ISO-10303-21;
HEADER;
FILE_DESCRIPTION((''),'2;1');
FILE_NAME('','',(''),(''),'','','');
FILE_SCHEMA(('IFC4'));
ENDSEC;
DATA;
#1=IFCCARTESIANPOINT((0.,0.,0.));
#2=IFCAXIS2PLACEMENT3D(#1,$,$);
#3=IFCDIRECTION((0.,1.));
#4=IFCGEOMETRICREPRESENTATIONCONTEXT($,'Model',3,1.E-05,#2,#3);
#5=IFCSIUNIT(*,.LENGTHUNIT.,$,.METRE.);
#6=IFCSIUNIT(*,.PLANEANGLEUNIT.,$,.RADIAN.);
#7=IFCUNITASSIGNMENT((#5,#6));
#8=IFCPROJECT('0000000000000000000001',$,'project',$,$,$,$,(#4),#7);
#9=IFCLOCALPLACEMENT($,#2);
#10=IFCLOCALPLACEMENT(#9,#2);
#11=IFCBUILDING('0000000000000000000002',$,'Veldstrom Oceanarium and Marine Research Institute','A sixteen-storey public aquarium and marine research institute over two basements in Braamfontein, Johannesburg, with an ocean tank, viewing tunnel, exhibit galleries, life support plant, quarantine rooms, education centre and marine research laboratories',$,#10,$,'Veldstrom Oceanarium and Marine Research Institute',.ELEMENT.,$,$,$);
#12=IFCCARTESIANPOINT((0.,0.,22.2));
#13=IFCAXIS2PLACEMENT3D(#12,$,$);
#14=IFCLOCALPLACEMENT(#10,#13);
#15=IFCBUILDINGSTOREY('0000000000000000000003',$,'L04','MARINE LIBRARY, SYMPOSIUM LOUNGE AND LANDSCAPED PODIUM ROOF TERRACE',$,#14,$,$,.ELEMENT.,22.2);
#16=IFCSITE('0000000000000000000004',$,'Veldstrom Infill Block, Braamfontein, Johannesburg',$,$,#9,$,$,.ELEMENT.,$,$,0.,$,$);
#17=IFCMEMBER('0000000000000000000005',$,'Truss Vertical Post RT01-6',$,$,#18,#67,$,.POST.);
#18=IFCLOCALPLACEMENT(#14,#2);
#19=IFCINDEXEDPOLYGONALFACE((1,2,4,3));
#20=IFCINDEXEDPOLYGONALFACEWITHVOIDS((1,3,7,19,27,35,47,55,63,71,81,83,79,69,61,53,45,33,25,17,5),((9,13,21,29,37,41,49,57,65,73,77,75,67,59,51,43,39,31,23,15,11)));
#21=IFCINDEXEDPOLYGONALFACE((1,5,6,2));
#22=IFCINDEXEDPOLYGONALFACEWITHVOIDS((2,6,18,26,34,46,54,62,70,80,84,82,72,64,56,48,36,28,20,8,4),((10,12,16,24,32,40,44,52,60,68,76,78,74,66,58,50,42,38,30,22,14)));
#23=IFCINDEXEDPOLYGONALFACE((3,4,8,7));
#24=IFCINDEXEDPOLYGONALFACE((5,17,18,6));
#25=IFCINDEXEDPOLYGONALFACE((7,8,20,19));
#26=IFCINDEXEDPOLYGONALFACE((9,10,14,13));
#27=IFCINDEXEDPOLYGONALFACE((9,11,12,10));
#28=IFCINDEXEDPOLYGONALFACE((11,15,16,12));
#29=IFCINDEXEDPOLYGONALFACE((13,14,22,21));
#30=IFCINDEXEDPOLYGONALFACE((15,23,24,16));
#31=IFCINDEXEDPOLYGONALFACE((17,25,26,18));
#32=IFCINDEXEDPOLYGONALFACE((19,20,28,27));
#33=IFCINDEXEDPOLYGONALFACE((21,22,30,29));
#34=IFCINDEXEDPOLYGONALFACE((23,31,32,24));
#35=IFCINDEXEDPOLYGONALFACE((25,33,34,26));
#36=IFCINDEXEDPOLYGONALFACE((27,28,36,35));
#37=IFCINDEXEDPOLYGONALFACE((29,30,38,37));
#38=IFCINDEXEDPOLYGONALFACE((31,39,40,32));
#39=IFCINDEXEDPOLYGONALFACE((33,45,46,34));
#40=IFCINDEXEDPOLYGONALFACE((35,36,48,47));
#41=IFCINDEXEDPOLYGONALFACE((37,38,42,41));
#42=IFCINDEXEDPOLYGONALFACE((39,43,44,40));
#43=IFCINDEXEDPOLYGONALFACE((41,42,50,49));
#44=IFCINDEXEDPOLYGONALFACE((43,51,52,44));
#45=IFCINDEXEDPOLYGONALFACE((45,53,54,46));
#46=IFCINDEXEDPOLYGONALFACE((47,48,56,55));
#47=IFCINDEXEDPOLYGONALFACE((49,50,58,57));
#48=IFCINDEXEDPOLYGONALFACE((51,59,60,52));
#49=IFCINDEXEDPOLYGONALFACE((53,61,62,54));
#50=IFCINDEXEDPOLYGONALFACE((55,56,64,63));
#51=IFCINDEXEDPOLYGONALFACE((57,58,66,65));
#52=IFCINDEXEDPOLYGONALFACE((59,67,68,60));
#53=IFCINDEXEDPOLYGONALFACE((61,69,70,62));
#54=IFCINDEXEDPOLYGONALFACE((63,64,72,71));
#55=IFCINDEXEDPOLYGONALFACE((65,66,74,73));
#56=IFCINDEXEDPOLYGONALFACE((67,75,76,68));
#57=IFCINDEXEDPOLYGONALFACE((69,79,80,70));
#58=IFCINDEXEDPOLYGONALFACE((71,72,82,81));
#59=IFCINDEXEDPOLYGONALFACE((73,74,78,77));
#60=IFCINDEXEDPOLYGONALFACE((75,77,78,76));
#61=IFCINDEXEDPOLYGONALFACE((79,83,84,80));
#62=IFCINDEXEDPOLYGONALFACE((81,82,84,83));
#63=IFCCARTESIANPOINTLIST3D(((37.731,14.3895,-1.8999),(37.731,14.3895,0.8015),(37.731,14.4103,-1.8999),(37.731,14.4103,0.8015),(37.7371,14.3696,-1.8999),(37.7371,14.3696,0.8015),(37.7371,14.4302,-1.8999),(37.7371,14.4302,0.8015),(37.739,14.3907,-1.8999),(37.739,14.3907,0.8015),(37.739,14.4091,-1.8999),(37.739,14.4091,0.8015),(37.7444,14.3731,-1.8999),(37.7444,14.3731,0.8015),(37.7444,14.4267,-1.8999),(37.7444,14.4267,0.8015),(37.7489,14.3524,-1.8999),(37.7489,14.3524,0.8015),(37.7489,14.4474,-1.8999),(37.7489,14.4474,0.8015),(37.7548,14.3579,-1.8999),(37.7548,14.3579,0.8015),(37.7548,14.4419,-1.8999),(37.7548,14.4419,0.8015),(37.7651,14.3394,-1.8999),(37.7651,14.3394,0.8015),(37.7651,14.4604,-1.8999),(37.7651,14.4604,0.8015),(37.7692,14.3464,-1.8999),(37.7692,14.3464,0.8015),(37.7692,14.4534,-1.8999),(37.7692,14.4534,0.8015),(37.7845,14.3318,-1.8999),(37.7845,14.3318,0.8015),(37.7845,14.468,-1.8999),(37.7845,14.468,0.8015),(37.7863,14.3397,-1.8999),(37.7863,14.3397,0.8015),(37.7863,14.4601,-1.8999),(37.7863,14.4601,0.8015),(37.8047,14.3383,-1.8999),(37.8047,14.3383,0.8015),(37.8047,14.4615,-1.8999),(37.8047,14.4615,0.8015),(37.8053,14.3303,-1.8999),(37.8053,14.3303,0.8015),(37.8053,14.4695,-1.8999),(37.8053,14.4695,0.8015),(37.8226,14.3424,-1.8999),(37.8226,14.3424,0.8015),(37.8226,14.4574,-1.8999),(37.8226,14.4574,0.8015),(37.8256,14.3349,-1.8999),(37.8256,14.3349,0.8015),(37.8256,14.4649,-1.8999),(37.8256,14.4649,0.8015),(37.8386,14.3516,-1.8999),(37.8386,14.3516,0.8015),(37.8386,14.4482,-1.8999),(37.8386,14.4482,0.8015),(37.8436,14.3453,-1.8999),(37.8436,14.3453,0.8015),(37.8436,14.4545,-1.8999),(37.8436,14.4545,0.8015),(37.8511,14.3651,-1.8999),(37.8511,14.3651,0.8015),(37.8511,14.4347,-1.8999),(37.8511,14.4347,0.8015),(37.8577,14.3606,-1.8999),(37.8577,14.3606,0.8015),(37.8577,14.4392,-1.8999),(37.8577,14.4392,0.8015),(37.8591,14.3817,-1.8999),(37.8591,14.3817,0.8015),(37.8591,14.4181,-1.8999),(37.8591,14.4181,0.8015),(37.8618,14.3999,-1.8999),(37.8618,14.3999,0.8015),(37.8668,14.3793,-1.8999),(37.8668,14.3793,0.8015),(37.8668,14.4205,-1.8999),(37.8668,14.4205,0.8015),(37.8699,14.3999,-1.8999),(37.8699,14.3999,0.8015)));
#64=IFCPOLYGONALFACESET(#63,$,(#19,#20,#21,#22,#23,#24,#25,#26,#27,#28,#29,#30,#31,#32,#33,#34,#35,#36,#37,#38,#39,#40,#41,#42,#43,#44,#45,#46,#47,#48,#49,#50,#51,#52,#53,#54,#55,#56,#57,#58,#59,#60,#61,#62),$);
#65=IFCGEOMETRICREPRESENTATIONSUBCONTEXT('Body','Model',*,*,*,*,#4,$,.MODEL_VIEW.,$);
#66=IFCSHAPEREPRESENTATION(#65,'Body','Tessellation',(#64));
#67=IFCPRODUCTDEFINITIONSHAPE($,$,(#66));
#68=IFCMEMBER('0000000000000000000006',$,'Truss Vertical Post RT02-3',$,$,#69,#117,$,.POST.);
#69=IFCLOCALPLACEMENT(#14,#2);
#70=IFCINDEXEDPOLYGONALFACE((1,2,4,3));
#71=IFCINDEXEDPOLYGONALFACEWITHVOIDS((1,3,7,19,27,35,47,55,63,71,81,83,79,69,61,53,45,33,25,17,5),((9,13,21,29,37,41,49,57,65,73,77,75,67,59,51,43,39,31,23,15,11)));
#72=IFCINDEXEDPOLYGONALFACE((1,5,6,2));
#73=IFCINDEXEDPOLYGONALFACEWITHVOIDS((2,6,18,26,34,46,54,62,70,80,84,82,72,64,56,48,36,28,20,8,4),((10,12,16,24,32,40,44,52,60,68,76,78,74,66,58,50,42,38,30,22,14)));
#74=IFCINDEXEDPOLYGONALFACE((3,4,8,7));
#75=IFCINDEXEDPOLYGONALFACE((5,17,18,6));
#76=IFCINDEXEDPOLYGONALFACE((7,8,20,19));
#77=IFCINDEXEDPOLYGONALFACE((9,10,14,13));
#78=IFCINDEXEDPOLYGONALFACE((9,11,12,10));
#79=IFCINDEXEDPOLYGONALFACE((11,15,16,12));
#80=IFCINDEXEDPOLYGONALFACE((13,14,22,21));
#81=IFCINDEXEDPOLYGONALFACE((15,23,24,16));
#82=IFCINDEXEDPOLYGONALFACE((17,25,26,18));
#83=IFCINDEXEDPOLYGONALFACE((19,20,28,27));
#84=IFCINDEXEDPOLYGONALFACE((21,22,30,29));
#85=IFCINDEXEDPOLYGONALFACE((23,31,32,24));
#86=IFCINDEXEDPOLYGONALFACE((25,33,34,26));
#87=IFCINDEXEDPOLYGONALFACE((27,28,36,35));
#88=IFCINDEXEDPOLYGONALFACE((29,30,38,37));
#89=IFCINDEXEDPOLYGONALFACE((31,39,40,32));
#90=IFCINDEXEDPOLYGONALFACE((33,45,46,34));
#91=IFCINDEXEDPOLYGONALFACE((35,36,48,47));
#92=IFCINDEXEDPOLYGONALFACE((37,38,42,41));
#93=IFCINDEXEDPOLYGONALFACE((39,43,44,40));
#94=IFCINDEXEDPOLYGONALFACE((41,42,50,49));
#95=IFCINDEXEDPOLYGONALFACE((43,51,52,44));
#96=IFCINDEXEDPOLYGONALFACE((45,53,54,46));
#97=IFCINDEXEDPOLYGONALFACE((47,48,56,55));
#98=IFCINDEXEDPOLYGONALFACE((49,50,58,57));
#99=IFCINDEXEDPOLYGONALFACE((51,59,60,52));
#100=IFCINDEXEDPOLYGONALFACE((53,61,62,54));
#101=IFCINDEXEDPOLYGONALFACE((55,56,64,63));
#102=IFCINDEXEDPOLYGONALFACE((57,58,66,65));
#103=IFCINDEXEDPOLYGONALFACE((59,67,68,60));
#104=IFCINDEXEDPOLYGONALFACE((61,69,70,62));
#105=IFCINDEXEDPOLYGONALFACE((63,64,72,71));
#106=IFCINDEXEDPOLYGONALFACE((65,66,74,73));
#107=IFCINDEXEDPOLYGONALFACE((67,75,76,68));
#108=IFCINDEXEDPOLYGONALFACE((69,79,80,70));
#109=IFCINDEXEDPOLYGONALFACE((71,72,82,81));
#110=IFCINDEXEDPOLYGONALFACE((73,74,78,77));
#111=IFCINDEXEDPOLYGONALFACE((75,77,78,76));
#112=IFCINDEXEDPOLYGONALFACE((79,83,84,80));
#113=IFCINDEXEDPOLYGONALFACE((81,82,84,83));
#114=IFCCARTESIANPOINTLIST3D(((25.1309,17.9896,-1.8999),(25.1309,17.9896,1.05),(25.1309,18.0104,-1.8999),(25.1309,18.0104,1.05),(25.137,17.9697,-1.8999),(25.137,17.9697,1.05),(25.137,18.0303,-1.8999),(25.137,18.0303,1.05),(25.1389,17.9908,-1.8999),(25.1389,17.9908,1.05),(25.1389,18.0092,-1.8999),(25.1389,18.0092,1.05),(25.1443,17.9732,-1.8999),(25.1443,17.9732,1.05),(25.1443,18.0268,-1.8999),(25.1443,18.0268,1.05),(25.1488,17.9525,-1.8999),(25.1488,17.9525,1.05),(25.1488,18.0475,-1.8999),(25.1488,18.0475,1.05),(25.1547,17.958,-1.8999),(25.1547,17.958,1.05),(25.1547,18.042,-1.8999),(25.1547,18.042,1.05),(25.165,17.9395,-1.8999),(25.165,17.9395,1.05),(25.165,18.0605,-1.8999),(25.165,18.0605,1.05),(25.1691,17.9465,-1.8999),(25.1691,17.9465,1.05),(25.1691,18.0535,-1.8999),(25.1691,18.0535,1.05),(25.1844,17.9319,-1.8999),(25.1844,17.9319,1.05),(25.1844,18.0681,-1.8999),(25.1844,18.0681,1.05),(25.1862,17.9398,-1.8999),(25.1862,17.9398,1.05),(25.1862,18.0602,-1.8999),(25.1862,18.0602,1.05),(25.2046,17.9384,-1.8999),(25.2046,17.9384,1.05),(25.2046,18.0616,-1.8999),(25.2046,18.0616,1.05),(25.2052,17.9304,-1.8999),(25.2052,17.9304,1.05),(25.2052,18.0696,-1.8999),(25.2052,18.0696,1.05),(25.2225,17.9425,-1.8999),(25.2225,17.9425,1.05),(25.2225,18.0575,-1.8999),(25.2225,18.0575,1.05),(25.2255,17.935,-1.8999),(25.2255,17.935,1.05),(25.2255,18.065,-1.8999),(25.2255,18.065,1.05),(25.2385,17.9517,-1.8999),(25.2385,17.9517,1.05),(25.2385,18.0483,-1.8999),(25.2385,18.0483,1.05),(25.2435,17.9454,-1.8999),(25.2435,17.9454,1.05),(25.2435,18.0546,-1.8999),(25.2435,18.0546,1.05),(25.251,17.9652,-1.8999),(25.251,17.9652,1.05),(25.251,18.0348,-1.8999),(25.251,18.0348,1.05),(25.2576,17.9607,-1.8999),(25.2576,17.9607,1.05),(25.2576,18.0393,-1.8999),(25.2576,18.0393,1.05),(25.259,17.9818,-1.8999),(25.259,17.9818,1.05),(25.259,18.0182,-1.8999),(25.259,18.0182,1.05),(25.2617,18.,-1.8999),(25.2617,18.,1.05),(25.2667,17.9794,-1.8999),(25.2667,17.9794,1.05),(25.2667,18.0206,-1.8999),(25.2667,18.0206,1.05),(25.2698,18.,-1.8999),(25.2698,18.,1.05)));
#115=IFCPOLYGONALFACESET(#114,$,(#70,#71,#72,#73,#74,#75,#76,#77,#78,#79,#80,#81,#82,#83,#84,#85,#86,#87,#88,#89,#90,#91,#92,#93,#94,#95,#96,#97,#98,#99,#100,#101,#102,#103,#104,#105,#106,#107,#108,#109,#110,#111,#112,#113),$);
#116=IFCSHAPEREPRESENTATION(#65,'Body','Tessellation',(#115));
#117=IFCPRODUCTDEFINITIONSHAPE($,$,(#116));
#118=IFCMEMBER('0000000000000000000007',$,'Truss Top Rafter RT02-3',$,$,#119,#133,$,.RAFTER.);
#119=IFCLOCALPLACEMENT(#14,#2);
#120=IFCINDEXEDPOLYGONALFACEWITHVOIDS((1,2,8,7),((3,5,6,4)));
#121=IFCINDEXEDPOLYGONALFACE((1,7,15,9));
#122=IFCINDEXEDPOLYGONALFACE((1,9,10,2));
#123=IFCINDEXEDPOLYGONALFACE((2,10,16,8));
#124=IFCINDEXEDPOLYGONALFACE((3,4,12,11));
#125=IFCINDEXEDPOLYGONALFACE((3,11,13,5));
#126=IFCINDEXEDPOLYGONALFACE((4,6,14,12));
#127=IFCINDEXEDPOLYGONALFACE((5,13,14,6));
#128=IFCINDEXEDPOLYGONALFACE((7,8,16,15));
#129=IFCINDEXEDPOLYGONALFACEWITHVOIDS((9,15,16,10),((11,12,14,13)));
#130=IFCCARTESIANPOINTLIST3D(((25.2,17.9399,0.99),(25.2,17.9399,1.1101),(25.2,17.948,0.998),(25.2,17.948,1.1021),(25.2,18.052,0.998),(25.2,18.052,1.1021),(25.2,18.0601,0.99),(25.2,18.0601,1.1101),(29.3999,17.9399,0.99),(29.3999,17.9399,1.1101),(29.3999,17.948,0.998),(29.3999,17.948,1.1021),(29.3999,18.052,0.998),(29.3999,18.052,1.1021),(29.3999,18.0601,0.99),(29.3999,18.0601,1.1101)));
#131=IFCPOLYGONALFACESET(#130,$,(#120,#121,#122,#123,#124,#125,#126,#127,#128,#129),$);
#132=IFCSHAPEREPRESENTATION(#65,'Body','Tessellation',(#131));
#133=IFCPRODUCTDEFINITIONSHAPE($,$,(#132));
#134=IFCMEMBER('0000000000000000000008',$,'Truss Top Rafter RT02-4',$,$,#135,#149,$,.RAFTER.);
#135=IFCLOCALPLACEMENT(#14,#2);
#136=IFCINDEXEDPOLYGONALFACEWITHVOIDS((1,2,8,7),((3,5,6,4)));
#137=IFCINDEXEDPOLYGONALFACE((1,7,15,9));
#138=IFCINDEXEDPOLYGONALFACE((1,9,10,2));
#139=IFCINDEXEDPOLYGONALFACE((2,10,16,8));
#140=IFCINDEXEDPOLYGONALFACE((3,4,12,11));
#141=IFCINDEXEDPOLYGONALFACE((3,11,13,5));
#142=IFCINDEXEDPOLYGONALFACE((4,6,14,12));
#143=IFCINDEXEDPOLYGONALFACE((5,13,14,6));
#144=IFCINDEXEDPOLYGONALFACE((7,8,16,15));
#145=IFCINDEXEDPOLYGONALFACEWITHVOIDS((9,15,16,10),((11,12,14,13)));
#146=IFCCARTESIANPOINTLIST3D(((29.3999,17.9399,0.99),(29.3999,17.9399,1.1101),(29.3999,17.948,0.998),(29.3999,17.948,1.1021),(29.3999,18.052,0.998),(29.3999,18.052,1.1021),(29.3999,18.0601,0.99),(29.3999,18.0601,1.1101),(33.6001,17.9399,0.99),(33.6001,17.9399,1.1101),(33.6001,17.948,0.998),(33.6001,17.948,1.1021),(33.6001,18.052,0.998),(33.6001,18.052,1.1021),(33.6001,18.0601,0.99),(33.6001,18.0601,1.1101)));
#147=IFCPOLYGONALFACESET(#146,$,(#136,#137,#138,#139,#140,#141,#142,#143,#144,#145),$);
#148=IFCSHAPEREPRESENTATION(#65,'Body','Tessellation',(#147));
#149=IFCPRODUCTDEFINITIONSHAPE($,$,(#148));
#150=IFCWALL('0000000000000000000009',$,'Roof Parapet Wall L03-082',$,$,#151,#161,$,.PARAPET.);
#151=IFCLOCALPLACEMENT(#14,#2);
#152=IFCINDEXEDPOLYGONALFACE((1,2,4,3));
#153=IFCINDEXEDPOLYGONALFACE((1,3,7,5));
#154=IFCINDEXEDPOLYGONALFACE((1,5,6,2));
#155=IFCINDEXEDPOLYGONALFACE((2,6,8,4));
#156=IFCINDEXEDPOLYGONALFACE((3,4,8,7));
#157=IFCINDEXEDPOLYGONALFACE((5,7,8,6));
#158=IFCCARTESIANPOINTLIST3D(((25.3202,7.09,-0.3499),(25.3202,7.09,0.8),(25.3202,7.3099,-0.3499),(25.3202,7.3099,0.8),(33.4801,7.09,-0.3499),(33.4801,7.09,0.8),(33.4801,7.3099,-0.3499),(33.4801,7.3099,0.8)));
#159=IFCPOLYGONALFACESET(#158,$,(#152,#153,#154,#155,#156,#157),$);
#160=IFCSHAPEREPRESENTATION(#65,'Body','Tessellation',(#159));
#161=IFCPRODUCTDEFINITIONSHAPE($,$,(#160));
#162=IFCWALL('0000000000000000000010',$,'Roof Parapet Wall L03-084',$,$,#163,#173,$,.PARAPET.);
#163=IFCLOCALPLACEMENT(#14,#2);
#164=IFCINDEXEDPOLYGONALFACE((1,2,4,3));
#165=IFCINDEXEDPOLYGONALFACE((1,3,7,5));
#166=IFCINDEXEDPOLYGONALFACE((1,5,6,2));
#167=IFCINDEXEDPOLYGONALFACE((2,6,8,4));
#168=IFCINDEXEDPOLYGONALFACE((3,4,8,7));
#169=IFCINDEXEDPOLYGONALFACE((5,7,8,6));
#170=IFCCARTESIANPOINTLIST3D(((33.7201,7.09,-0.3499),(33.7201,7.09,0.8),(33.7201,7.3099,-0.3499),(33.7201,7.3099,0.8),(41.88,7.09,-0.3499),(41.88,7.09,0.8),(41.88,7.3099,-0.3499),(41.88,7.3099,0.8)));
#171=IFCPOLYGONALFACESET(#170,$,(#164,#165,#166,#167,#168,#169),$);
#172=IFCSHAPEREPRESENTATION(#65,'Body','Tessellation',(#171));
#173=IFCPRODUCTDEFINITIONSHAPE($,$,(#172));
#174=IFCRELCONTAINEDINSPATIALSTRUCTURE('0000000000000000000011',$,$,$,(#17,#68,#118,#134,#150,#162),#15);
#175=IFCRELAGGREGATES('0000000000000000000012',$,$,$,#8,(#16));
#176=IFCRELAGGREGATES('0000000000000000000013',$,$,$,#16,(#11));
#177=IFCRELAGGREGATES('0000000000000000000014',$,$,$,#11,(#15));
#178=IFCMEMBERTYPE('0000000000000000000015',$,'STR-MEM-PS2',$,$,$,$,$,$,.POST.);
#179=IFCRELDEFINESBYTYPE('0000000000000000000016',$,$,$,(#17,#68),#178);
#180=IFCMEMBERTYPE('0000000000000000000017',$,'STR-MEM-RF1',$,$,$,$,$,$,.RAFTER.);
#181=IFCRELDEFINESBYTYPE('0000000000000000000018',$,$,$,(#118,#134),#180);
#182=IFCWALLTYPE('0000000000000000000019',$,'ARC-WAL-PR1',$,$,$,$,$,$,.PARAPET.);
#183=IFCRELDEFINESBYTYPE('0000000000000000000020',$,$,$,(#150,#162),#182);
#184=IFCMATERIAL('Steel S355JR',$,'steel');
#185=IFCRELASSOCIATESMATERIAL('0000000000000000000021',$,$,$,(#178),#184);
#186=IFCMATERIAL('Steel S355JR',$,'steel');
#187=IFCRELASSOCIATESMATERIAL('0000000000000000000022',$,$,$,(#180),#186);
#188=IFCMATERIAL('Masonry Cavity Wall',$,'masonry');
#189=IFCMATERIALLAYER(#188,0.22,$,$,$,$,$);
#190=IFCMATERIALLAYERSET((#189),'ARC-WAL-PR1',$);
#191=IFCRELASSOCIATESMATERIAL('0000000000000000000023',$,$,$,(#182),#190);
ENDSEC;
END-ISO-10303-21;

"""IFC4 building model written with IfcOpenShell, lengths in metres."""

from ifc_helpers import new_model, si_unit, direction, frame, frame_2d, origin, origin_2d, place, context, subcontext, project, spatial, rectangle, hollow_rectangle, hollow_circle, extrude, material, layer, layer_set, material_profile, profile_set, type_object, element, save


model = new_model("IFC4")

# Units and contexts
model_context = context("Model", 3, precision=1e-05, world=origin(), true_north=direction((0.0, 1.0)))
body_context = subcontext(model_context, "Body", "Model", "MODEL_VIEW")
ifc_project = project(units=[si_unit("LENGTHUNIT", "METRE"), si_unit("PLANEANGLEUNIT", "RADIAN")], contexts=[model_context])

# Site, building, storey
site_placement = place(None, origin())
site = spatial("IfcSite", under=ifc_project, at=site_placement, Name="Veldstrom Infill Block, Braamfontein, Johannesburg", CompositionType="ELEMENT", RefElevation=0.0)
building_placement = place(site_placement, origin())
building = spatial("IfcBuilding", under=site, at=building_placement, Name="Veldstrom Oceanarium and Marine Research Institute", Description="A sixteen-storey public aquarium and marine research institute over two basements in Braamfontein, Johannesburg, with an ocean tank, viewing tunnel, exhibit galleries, life support plant, quarantine rooms, education centre and marine research laboratories", LongName="Veldstrom Oceanarium and Marine Research Institute", CompositionType="ELEMENT")
storey_placement = place(building_placement, frame((0.0, 0.0, 22.2)))
storey = spatial("IfcBuildingStorey", under=building, at=storey_placement, Name="L04", Description="MARINE LIBRARY, SYMPOSIUM LOUNGE AND LANDSCAPED PODIUM ROOF TERRACE", CompositionType="ELEMENT", Elevation=22.2)

# Members
ifc_material_1 = material(Name="Steel S355JR", Category="steel")
ifc_material_profile_1 = material_profile(ifc_material_1, hollow_circle(Radius=0.0698, WallThickness=0.0081, at=origin_2d()), Name="CHS 139.7x8")
ifc_profile_set_1 = profile_set([ifc_material_profile_1], Name="Steel S355JR")
member_type_1 = type_object("IfcMemberType", Name="STR-MEM-PS2", PredefinedType="POST", material=ifc_profile_set_1)
for number, where, z_axis, x_axis, name in (
    (1, (37.8, 14.3999, -1.8999), (0.0, 0.0, 1.0), (1.0, 0.0, 0.0), "Truss Vertical Post RT01-6"),
):
    element("IfcMember", number, at=place(storey_placement, frame(where, z_axis=z_axis, x_axis=x_axis)), inside=storey, type_object=member_type_1, Name=name, PredefinedType="POST", context=body_context, shape_type="SweptSolid", body=[
        extrude(hollow_circle(Radius=0.0698, WallThickness=0.0081, at=origin_2d()), origin(), (0.0, 0.0, 1.0), 2.7014),
    ])
member_1_placement = place(storey_placement, frame((25.2, 18.0, -1.8999), z_axis=(0.0, 0.0, 1.0), x_axis=(1.0, 0.0, 0.0)))
element("IfcMember", 2, at=member_1_placement, inside=storey, type_object=member_type_1, Name="Truss Vertical Post RT02-3", PredefinedType="POST", context=body_context, shape_type="SweptSolid", body=[
    extrude(hollow_circle(Radius=0.0698, WallThickness=0.0081, at=origin_2d()), origin(), (0.0, 0.0, 1.0), 2.95),
])
ifc_material_2 = material(Name="Steel S355JR", Category="steel")
ifc_material_profile_2 = material_profile(ifc_material_2, hollow_rectangle(XDim=0.1201, YDim=0.1201, WallThickness=0.0081, at=origin_2d()), Name="SHS 120x120x8")
ifc_profile_set_2 = profile_set([ifc_material_profile_2], Name="Steel S355JR")
member_type_2 = type_object("IfcMemberType", Name="STR-MEM-RF1", PredefinedType="RAFTER", material=ifc_profile_set_2)
member_2_placement = place(storey_placement, frame((25.2, 18.0, 1.05), z_axis=(1.0, 0.0, 0.0), x_axis=(0.0, 1.0, 0.0)))
element("IfcMember", 3, at=member_2_placement, inside=storey, type_object=member_type_2, Name="Truss Top Rafter RT02-3", PredefinedType="RAFTER", context=body_context, shape_type="SweptSolid", body=[
    extrude(hollow_rectangle(XDim=0.1201, YDim=0.1201, WallThickness=0.0081, at=origin_2d()), origin(), (0.0, 0.0, 1.0), 4.2),
])
member_3_placement = place(storey_placement, frame((29.3999, 18.0, 1.05), z_axis=(1.0, 0.0, 0.0), x_axis=(0.0, 1.0, 0.0)))
element("IfcMember", 4, at=member_3_placement, inside=storey, type_object=member_type_2, Name="Truss Top Rafter RT02-4", PredefinedType="RAFTER", context=body_context, shape_type="SweptSolid", body=[
    extrude(hollow_rectangle(XDim=0.1201, YDim=0.1201, WallThickness=0.0081, at=origin_2d()), origin(), (0.0, 0.0, 1.0), 4.2002),
])

# Walls
ifc_material_3 = material(Name="Masonry Cavity Wall", Category="masonry")
ifc_layer = layer(ifc_material_3, 0.22)
ifc_layer_set = layer_set([ifc_layer], Name="ARC-WAL-PR1")
wall_type = type_object("IfcWallType", Name="ARC-WAL-PR1", PredefinedType="PARAPET", material=ifc_layer_set)
for number, where, z_axis, x_axis, name in (
    (5, (25.3201, 7.2, -0.3499), (0.0, 0.0, 1.0), (1.0, 0.0, 0.0), "Roof Parapet Wall L03-082"),
    (6, (33.72, 7.2, -0.3499), (0.0, 0.0, 1.0), (1.0, 0.0, 0.0), "Roof Parapet Wall L03-084"),
):
    element("IfcWall", number, at=place(storey_placement, frame(where, z_axis=z_axis, x_axis=x_axis)), inside=storey, type_object=wall_type, Name=name, PredefinedType="PARAPET", context=body_context, shape_type="SweptSolid", body=[
        extrude(rectangle(XDim=8.1599, YDim=0.22, at=frame_2d((4.0801, 0.0))), origin(), (0.0, 0.0, 1.0), 1.1499),
    ])

save(model, "model.ifc")
